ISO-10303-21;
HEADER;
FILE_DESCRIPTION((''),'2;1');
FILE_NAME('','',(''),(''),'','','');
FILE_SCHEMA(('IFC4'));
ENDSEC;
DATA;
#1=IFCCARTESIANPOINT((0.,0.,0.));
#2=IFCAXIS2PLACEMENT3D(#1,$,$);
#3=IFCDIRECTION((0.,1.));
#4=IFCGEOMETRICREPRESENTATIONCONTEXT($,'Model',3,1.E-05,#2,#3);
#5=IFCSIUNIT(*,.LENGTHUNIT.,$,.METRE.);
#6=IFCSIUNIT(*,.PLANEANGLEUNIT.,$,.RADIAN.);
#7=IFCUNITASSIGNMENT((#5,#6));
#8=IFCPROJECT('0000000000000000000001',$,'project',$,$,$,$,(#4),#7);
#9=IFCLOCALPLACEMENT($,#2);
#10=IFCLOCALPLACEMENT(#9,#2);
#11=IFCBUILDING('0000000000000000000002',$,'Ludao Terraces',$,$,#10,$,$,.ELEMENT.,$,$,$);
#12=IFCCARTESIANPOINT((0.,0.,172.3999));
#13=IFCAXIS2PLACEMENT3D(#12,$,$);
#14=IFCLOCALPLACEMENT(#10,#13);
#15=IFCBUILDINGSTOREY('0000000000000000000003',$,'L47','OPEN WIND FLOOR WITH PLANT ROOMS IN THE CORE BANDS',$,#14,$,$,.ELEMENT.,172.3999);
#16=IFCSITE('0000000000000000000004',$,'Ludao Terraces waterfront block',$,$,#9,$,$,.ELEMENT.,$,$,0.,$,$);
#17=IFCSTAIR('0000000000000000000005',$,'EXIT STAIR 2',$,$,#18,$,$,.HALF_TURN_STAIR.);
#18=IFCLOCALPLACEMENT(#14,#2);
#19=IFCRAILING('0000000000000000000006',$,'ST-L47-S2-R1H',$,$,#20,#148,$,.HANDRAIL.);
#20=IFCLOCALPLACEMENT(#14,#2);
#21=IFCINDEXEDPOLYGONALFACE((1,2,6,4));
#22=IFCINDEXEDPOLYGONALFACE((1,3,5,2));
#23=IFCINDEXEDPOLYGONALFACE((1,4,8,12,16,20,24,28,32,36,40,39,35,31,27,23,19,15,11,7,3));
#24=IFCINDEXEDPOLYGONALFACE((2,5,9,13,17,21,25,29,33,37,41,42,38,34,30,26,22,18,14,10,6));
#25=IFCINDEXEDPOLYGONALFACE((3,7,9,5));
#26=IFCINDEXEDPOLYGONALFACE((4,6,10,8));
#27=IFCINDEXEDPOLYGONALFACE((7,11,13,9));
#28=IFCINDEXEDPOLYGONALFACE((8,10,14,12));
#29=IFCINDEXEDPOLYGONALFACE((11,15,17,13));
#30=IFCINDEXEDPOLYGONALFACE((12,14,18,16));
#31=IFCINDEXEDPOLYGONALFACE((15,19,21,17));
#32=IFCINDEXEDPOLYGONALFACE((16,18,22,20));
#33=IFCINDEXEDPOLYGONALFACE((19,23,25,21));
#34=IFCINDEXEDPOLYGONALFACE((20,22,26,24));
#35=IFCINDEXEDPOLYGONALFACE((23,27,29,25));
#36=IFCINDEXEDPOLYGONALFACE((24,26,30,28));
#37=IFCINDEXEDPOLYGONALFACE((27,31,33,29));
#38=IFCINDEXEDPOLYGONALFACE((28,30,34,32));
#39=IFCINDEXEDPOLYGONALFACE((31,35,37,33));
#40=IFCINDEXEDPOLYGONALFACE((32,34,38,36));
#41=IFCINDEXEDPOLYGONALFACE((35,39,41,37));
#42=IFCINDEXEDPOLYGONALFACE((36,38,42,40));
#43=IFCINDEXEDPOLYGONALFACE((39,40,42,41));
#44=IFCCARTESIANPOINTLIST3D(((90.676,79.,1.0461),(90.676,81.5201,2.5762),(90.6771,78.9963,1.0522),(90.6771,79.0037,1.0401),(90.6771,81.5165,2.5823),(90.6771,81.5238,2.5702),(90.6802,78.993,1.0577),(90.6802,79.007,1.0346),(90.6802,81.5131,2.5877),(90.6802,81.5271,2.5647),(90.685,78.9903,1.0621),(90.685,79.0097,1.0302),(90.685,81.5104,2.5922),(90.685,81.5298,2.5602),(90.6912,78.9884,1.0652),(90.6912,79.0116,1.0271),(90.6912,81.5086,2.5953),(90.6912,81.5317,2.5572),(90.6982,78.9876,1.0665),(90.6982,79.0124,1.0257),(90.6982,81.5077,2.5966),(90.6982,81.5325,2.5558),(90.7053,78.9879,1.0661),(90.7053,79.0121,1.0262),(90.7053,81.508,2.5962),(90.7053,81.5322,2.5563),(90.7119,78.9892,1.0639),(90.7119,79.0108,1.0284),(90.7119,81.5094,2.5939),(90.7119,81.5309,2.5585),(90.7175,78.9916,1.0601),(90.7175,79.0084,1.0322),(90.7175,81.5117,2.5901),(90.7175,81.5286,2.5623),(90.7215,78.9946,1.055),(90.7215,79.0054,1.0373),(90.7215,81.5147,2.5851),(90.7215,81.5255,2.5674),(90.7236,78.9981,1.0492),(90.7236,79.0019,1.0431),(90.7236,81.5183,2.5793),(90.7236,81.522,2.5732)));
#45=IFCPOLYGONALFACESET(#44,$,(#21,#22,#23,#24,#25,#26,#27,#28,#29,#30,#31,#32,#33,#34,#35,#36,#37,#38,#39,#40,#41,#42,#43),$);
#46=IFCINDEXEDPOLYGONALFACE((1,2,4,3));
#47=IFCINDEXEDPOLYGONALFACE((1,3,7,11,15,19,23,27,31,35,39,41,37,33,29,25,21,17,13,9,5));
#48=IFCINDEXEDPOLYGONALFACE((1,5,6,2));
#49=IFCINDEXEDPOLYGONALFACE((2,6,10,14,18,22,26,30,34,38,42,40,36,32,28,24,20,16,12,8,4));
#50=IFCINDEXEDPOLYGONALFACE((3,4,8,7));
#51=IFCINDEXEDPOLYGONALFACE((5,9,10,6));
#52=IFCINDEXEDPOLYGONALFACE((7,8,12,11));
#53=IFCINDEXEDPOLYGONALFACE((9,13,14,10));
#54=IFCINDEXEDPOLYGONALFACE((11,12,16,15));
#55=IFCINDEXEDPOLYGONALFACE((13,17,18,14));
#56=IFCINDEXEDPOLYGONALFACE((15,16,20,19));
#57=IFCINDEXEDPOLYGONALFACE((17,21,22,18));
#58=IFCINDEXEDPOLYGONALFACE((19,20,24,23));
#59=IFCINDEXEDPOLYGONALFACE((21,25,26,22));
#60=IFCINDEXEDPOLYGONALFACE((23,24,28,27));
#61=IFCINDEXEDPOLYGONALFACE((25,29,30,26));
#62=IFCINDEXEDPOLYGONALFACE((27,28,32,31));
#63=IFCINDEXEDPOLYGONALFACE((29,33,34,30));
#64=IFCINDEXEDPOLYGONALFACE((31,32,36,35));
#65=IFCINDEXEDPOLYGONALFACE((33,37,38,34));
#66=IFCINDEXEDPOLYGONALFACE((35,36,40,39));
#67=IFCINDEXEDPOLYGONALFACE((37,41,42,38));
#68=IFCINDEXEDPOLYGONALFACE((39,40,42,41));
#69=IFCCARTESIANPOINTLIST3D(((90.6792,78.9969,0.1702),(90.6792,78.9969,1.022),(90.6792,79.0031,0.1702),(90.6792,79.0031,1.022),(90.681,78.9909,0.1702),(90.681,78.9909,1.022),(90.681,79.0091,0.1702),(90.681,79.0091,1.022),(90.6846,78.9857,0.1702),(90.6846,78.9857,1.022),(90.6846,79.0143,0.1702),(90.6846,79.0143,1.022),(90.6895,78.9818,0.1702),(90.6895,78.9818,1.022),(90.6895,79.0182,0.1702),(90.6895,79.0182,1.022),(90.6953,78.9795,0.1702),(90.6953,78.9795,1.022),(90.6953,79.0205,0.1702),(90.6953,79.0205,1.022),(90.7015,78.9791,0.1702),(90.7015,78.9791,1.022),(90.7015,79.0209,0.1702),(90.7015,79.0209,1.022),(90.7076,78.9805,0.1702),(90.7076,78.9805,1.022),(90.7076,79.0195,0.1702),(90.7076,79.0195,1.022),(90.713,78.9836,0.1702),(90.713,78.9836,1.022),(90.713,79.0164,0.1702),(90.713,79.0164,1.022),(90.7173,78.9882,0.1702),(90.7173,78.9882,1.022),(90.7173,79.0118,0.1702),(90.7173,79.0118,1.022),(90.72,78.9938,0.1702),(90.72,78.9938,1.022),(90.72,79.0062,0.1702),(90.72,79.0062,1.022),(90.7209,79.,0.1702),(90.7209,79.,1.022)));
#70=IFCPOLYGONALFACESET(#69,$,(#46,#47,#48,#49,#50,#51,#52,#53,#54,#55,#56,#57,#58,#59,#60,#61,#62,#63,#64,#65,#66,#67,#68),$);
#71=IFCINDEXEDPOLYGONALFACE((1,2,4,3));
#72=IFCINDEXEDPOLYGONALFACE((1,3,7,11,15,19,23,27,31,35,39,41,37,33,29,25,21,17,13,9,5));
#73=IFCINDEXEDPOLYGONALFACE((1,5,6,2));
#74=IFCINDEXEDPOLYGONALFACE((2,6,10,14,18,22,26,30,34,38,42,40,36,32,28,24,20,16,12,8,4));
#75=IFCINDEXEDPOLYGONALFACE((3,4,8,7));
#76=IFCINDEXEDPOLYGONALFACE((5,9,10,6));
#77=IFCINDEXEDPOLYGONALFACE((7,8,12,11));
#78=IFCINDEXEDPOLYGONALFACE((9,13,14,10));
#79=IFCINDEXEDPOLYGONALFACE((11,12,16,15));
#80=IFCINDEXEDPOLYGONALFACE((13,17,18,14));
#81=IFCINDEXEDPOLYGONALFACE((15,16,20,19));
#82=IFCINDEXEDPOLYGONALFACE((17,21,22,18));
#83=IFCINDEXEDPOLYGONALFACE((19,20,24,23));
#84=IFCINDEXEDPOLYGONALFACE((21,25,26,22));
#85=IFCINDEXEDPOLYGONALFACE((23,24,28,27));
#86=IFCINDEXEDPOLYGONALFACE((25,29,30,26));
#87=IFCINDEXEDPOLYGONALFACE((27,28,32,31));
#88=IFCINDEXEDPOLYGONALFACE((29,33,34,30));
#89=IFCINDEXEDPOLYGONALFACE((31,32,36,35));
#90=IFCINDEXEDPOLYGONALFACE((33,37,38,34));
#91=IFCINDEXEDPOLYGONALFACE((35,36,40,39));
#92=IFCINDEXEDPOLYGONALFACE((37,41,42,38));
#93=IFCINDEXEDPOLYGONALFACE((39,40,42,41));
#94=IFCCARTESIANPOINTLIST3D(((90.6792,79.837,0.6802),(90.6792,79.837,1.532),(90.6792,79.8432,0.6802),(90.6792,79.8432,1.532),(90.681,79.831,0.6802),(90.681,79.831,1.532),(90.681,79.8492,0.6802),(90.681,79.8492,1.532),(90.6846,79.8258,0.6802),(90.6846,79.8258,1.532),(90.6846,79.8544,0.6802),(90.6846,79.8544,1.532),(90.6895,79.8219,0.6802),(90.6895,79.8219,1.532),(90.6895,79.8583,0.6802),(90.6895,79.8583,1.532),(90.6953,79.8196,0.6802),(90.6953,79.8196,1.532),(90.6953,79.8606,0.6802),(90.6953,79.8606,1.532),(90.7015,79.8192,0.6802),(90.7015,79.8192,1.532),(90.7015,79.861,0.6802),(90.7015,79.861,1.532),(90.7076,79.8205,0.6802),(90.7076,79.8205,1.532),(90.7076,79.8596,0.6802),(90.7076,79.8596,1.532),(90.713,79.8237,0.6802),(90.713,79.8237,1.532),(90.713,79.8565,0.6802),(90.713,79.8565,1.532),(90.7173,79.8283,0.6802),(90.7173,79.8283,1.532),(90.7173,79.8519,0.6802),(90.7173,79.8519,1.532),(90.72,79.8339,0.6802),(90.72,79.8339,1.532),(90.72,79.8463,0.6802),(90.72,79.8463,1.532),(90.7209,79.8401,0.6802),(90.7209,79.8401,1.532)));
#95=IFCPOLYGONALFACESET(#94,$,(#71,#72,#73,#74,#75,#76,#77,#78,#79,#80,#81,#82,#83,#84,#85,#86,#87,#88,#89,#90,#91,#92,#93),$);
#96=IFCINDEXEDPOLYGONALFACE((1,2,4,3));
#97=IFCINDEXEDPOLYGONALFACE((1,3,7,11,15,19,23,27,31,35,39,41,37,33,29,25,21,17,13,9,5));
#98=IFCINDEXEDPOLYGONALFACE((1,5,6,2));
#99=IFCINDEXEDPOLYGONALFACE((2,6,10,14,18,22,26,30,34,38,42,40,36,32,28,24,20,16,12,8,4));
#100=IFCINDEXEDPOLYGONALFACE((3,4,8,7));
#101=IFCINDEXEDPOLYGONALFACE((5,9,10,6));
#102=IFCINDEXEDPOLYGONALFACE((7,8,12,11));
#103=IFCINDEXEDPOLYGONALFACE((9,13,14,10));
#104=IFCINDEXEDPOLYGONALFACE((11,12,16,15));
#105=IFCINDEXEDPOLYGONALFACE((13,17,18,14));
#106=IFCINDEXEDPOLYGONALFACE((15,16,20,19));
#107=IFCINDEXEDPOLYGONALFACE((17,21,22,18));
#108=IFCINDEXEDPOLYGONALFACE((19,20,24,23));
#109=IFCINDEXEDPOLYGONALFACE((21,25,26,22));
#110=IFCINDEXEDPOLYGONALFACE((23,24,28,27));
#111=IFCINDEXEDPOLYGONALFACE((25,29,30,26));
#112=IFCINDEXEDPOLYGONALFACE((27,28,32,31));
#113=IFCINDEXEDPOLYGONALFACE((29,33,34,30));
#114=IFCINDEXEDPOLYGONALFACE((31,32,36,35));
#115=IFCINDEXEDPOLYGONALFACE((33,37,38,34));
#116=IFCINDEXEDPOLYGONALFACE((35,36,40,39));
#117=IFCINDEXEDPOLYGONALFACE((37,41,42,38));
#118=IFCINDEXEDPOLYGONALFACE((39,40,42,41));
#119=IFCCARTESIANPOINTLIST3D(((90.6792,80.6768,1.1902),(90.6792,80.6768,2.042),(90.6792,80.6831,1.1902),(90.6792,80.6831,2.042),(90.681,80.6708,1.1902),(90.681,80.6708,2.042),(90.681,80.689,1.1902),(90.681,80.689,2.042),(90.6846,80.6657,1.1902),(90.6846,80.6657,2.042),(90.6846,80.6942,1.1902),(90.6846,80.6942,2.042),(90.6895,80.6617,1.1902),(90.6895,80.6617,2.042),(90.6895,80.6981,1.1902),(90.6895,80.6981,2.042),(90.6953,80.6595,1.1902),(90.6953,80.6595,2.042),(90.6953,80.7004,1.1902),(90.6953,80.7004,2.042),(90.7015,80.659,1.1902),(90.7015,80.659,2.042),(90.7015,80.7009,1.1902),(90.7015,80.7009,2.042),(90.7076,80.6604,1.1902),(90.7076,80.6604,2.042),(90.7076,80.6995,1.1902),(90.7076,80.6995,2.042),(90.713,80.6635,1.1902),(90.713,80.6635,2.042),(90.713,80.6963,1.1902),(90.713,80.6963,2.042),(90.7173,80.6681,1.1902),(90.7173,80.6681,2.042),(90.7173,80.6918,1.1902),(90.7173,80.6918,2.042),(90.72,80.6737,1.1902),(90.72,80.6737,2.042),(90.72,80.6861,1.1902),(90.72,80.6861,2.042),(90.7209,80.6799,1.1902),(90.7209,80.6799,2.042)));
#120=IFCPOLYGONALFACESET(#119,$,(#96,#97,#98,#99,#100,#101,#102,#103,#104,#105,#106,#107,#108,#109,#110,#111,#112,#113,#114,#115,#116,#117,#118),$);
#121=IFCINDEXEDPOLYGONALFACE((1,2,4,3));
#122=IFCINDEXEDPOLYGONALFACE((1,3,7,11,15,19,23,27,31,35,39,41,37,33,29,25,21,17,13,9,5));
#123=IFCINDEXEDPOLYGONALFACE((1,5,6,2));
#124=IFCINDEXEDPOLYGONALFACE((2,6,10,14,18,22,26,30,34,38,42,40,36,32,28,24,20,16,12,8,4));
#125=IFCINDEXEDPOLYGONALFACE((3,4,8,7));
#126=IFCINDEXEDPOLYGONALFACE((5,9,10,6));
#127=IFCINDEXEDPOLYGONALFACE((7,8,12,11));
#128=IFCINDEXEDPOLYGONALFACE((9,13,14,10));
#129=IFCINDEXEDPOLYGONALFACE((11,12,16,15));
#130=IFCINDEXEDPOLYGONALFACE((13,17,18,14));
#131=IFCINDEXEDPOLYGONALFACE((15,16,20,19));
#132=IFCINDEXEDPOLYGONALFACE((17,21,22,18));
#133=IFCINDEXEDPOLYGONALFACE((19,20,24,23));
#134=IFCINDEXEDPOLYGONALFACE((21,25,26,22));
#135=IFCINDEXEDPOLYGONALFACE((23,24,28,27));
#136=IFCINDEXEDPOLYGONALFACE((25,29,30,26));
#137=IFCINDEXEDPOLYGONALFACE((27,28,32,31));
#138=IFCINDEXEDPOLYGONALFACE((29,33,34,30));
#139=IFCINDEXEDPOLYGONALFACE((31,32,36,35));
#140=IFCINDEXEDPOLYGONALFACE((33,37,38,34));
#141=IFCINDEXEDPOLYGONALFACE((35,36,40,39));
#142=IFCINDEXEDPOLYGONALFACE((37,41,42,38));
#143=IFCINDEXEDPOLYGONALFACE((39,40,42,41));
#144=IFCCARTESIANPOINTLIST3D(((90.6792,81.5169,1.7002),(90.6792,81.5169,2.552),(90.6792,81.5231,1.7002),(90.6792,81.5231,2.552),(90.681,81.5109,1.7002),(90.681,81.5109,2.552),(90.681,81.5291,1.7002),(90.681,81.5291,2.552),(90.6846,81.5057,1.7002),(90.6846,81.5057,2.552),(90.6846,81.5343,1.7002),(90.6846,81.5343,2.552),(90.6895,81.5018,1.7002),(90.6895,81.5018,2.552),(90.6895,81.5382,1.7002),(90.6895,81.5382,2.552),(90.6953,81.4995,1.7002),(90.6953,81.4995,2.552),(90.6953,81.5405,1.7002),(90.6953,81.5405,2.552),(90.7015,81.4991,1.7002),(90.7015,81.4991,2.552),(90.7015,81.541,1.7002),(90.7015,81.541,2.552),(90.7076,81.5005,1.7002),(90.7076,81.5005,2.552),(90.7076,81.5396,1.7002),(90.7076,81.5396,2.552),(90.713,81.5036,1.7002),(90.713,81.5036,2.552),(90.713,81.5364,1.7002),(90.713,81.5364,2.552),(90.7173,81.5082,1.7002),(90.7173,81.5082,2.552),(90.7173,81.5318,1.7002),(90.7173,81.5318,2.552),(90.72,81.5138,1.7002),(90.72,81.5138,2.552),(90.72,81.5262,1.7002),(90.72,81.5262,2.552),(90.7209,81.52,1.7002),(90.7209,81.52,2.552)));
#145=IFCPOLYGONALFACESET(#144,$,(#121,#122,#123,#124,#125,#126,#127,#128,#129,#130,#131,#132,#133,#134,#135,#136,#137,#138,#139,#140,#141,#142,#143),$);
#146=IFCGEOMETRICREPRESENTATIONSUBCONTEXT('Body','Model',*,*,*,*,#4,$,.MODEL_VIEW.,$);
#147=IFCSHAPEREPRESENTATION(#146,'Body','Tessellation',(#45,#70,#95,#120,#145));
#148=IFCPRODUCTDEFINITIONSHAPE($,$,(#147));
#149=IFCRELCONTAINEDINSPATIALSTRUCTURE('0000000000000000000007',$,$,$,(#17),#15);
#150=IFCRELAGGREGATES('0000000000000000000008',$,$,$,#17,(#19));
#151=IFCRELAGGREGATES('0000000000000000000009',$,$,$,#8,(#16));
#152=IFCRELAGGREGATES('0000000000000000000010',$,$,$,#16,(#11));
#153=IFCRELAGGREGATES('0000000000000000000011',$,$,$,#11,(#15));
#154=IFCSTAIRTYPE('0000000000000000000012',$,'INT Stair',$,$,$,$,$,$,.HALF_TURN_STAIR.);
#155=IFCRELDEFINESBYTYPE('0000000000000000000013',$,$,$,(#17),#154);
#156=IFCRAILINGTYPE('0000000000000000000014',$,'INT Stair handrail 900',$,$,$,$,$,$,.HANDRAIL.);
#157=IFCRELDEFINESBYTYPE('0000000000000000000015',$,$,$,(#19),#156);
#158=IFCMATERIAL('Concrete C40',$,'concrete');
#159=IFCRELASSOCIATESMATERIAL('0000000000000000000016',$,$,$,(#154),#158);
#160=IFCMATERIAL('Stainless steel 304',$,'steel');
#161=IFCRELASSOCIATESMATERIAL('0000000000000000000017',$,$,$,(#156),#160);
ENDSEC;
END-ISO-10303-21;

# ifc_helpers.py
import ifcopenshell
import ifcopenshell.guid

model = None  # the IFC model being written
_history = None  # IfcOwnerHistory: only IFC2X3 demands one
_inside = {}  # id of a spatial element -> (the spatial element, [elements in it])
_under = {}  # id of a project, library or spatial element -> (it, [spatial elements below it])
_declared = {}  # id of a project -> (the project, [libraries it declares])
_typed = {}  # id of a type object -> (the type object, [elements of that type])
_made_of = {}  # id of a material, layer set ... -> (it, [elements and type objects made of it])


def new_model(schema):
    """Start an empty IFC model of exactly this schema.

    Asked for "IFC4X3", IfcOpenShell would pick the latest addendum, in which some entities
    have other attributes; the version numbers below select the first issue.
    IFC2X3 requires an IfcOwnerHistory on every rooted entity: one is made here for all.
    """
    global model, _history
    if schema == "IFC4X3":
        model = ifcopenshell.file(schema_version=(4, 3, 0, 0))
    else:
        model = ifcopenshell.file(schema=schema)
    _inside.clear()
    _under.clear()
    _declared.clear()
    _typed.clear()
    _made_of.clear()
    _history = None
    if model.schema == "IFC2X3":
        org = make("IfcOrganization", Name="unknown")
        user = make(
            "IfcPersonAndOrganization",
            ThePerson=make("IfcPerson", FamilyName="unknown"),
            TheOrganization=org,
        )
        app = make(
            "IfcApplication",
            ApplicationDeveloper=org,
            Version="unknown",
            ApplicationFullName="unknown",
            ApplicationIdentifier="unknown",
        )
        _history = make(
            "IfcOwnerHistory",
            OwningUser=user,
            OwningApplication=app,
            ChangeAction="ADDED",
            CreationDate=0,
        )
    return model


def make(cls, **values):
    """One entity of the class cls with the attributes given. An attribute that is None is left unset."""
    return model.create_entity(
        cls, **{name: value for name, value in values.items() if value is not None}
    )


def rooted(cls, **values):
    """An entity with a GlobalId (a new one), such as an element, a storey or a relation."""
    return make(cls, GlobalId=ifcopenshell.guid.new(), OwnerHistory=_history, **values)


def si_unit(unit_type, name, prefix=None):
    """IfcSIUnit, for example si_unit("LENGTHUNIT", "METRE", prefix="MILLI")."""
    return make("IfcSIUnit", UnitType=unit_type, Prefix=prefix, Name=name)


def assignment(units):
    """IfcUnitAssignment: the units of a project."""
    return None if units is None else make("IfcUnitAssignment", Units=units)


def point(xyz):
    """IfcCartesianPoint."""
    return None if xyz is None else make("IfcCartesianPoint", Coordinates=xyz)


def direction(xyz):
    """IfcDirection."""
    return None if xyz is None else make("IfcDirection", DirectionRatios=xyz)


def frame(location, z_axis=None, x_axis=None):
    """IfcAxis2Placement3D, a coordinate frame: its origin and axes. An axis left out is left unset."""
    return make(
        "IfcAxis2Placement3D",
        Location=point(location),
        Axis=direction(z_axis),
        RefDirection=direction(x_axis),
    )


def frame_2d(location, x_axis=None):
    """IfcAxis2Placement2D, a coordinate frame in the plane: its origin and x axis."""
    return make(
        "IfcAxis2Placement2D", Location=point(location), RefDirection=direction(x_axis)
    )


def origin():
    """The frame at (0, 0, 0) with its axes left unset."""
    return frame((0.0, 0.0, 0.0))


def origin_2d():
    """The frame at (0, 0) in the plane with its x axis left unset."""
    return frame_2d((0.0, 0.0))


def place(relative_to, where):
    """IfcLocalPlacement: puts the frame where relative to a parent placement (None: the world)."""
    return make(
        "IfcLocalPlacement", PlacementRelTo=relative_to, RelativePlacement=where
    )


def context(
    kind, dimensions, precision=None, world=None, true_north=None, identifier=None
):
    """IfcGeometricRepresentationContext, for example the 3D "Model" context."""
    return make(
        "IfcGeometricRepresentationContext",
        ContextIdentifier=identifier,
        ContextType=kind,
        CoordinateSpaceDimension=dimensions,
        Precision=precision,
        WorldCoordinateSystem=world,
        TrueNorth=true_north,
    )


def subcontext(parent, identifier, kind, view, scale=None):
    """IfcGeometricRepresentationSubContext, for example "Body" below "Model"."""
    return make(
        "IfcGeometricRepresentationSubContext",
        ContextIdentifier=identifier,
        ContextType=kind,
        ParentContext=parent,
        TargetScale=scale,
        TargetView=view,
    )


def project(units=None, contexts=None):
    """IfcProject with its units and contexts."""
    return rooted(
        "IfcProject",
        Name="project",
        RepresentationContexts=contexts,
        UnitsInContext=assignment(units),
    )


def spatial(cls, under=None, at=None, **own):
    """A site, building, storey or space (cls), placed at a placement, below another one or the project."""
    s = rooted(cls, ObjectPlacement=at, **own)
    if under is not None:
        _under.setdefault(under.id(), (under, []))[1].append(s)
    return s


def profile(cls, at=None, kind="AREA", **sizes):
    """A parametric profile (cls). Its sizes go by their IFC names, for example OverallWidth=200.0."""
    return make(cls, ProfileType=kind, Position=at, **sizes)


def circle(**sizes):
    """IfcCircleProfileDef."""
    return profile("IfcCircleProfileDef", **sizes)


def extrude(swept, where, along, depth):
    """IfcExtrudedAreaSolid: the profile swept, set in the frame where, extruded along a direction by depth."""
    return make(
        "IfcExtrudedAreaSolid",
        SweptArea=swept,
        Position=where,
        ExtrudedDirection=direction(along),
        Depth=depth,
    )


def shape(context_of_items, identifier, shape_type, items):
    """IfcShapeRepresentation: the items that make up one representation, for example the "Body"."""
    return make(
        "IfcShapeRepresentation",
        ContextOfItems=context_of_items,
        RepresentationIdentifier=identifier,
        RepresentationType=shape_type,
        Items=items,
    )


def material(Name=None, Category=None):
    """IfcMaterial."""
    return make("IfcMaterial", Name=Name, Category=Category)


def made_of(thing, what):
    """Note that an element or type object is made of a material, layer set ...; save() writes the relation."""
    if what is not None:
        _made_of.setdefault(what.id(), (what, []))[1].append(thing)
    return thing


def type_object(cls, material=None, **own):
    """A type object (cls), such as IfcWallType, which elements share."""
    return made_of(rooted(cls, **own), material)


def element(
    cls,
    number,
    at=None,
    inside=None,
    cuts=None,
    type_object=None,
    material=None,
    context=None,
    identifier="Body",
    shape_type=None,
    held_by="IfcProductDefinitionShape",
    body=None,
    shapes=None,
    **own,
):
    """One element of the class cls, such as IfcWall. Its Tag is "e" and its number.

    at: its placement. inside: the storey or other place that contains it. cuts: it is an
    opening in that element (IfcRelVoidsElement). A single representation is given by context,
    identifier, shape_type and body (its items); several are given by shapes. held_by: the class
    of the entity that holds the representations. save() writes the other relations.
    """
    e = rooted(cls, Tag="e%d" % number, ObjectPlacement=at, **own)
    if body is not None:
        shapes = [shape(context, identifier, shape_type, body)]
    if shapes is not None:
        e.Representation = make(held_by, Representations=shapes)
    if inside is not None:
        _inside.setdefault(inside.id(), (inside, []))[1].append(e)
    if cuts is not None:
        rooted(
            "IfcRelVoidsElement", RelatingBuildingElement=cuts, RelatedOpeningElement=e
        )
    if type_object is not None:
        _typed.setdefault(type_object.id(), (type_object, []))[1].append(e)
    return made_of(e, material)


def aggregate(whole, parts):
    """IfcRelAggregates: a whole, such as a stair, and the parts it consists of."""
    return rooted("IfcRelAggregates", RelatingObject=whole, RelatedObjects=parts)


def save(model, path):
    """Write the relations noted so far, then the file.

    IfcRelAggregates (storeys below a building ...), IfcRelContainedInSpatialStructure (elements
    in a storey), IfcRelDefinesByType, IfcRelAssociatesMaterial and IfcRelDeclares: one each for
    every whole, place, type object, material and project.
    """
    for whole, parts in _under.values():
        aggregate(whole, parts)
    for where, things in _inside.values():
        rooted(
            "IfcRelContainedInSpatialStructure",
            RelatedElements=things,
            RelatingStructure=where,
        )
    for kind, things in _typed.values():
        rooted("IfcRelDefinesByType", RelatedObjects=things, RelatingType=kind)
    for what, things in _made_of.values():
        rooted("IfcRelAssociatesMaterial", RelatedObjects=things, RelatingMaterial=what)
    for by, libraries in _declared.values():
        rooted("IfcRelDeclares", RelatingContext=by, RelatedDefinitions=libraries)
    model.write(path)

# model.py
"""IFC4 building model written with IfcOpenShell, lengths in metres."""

from ifc_helpers import new_model, si_unit, direction, frame, origin, origin_2d, place, context, subcontext, project, spatial, circle, extrude, material, type_object, element, aggregate, save


model = new_model("IFC4")

# Units and contexts
model_context = context("Model", 3, precision=1e-05, world=origin(), true_north=direction((0.0, 1.0)))
body_context = subcontext(model_context, "Body", "Model", "MODEL_VIEW")
ifc_project = project(units=[si_unit("LENGTHUNIT", "METRE"), si_unit("PLANEANGLEUNIT", "RADIAN")], contexts=[model_context])

# Site, building, storey
site_placement = place(None, origin())
site = spatial("IfcSite", under=ifc_project, at=site_placement, Name="Ludao Terraces waterfront block", CompositionType="ELEMENT", RefElevation=0.0)
building_placement = place(site_placement, origin())
building = spatial("IfcBuilding", under=site, at=building_placement, Name="Ludao Terraces", CompositionType="ELEMENT")
storey_placement = place(building_placement, frame((0.0, 0.0, 172.3999)))
storey = spatial("IfcBuildingStorey", under=building, at=storey_placement, Name="L47", Description="OPEN WIND FLOOR WITH PLANT ROOMS IN THE CORE BANDS", CompositionType="ELEMENT", Elevation=172.3999)

# Stair, railing
ifc_material_1 = material(Name="Concrete C40", Category="concrete")
stair_type = type_object("IfcStairType", Name="INT Stair", PredefinedType="HALF_TURN_STAIR", material=ifc_material_1)
stair_placement = place(storey_placement, origin())
stair = element("IfcStair", 1, at=stair_placement, inside=storey, type_object=stair_type, Name="EXIT STAIR 2", PredefinedType="HALF_TURN_STAIR")
ifc_material_2 = material(Name="Stainless steel 304", Category="steel")
railing_type = type_object("IfcRailingType", Name="INT Stair handrail 900", PredefinedType="HANDRAIL", material=ifc_material_2)
railing_1_placement = place(storey_placement, frame((90.7, 79.0, 0.1702)))
railing_1 = element("IfcRailing", 2, at=railing_1_placement, type_object=railing_type, Name="ST-L47-S2-R1H", PredefinedType="HANDRAIL", context=body_context, shape_type="SweptSolid", body=[
    extrude(circle(Radius=0.0239, at=origin_2d()), frame((0.0, 0.0, 0.876), z_axis=(0.0, 0.854785, 0.518982), x_axis=(-1.0, 0.0, 0.0)), (0.0, 0.0, 1.0), 2.9482),
    extrude(circle(Radius=0.021, at=origin_2d()), origin(), (0.0, 0.0, 1.0), 0.8518),
    extrude(circle(Radius=0.021, at=origin_2d()), frame((0.0, 0.8401, 0.51)), (0.0, 0.0, 1.0), 0.8518),
    extrude(circle(Radius=0.021, at=origin_2d()), frame((0.0, 1.6799, 1.02)), (0.0, 0.0, 1.0), 0.8518),
    extrude(circle(Radius=0.021, at=origin_2d()), frame((0.0, 2.52, 1.53)), (0.0, 0.0, 1.0), 0.8518),
])
aggregate(stair, [railing_1])

save(model, "model.ifc")
